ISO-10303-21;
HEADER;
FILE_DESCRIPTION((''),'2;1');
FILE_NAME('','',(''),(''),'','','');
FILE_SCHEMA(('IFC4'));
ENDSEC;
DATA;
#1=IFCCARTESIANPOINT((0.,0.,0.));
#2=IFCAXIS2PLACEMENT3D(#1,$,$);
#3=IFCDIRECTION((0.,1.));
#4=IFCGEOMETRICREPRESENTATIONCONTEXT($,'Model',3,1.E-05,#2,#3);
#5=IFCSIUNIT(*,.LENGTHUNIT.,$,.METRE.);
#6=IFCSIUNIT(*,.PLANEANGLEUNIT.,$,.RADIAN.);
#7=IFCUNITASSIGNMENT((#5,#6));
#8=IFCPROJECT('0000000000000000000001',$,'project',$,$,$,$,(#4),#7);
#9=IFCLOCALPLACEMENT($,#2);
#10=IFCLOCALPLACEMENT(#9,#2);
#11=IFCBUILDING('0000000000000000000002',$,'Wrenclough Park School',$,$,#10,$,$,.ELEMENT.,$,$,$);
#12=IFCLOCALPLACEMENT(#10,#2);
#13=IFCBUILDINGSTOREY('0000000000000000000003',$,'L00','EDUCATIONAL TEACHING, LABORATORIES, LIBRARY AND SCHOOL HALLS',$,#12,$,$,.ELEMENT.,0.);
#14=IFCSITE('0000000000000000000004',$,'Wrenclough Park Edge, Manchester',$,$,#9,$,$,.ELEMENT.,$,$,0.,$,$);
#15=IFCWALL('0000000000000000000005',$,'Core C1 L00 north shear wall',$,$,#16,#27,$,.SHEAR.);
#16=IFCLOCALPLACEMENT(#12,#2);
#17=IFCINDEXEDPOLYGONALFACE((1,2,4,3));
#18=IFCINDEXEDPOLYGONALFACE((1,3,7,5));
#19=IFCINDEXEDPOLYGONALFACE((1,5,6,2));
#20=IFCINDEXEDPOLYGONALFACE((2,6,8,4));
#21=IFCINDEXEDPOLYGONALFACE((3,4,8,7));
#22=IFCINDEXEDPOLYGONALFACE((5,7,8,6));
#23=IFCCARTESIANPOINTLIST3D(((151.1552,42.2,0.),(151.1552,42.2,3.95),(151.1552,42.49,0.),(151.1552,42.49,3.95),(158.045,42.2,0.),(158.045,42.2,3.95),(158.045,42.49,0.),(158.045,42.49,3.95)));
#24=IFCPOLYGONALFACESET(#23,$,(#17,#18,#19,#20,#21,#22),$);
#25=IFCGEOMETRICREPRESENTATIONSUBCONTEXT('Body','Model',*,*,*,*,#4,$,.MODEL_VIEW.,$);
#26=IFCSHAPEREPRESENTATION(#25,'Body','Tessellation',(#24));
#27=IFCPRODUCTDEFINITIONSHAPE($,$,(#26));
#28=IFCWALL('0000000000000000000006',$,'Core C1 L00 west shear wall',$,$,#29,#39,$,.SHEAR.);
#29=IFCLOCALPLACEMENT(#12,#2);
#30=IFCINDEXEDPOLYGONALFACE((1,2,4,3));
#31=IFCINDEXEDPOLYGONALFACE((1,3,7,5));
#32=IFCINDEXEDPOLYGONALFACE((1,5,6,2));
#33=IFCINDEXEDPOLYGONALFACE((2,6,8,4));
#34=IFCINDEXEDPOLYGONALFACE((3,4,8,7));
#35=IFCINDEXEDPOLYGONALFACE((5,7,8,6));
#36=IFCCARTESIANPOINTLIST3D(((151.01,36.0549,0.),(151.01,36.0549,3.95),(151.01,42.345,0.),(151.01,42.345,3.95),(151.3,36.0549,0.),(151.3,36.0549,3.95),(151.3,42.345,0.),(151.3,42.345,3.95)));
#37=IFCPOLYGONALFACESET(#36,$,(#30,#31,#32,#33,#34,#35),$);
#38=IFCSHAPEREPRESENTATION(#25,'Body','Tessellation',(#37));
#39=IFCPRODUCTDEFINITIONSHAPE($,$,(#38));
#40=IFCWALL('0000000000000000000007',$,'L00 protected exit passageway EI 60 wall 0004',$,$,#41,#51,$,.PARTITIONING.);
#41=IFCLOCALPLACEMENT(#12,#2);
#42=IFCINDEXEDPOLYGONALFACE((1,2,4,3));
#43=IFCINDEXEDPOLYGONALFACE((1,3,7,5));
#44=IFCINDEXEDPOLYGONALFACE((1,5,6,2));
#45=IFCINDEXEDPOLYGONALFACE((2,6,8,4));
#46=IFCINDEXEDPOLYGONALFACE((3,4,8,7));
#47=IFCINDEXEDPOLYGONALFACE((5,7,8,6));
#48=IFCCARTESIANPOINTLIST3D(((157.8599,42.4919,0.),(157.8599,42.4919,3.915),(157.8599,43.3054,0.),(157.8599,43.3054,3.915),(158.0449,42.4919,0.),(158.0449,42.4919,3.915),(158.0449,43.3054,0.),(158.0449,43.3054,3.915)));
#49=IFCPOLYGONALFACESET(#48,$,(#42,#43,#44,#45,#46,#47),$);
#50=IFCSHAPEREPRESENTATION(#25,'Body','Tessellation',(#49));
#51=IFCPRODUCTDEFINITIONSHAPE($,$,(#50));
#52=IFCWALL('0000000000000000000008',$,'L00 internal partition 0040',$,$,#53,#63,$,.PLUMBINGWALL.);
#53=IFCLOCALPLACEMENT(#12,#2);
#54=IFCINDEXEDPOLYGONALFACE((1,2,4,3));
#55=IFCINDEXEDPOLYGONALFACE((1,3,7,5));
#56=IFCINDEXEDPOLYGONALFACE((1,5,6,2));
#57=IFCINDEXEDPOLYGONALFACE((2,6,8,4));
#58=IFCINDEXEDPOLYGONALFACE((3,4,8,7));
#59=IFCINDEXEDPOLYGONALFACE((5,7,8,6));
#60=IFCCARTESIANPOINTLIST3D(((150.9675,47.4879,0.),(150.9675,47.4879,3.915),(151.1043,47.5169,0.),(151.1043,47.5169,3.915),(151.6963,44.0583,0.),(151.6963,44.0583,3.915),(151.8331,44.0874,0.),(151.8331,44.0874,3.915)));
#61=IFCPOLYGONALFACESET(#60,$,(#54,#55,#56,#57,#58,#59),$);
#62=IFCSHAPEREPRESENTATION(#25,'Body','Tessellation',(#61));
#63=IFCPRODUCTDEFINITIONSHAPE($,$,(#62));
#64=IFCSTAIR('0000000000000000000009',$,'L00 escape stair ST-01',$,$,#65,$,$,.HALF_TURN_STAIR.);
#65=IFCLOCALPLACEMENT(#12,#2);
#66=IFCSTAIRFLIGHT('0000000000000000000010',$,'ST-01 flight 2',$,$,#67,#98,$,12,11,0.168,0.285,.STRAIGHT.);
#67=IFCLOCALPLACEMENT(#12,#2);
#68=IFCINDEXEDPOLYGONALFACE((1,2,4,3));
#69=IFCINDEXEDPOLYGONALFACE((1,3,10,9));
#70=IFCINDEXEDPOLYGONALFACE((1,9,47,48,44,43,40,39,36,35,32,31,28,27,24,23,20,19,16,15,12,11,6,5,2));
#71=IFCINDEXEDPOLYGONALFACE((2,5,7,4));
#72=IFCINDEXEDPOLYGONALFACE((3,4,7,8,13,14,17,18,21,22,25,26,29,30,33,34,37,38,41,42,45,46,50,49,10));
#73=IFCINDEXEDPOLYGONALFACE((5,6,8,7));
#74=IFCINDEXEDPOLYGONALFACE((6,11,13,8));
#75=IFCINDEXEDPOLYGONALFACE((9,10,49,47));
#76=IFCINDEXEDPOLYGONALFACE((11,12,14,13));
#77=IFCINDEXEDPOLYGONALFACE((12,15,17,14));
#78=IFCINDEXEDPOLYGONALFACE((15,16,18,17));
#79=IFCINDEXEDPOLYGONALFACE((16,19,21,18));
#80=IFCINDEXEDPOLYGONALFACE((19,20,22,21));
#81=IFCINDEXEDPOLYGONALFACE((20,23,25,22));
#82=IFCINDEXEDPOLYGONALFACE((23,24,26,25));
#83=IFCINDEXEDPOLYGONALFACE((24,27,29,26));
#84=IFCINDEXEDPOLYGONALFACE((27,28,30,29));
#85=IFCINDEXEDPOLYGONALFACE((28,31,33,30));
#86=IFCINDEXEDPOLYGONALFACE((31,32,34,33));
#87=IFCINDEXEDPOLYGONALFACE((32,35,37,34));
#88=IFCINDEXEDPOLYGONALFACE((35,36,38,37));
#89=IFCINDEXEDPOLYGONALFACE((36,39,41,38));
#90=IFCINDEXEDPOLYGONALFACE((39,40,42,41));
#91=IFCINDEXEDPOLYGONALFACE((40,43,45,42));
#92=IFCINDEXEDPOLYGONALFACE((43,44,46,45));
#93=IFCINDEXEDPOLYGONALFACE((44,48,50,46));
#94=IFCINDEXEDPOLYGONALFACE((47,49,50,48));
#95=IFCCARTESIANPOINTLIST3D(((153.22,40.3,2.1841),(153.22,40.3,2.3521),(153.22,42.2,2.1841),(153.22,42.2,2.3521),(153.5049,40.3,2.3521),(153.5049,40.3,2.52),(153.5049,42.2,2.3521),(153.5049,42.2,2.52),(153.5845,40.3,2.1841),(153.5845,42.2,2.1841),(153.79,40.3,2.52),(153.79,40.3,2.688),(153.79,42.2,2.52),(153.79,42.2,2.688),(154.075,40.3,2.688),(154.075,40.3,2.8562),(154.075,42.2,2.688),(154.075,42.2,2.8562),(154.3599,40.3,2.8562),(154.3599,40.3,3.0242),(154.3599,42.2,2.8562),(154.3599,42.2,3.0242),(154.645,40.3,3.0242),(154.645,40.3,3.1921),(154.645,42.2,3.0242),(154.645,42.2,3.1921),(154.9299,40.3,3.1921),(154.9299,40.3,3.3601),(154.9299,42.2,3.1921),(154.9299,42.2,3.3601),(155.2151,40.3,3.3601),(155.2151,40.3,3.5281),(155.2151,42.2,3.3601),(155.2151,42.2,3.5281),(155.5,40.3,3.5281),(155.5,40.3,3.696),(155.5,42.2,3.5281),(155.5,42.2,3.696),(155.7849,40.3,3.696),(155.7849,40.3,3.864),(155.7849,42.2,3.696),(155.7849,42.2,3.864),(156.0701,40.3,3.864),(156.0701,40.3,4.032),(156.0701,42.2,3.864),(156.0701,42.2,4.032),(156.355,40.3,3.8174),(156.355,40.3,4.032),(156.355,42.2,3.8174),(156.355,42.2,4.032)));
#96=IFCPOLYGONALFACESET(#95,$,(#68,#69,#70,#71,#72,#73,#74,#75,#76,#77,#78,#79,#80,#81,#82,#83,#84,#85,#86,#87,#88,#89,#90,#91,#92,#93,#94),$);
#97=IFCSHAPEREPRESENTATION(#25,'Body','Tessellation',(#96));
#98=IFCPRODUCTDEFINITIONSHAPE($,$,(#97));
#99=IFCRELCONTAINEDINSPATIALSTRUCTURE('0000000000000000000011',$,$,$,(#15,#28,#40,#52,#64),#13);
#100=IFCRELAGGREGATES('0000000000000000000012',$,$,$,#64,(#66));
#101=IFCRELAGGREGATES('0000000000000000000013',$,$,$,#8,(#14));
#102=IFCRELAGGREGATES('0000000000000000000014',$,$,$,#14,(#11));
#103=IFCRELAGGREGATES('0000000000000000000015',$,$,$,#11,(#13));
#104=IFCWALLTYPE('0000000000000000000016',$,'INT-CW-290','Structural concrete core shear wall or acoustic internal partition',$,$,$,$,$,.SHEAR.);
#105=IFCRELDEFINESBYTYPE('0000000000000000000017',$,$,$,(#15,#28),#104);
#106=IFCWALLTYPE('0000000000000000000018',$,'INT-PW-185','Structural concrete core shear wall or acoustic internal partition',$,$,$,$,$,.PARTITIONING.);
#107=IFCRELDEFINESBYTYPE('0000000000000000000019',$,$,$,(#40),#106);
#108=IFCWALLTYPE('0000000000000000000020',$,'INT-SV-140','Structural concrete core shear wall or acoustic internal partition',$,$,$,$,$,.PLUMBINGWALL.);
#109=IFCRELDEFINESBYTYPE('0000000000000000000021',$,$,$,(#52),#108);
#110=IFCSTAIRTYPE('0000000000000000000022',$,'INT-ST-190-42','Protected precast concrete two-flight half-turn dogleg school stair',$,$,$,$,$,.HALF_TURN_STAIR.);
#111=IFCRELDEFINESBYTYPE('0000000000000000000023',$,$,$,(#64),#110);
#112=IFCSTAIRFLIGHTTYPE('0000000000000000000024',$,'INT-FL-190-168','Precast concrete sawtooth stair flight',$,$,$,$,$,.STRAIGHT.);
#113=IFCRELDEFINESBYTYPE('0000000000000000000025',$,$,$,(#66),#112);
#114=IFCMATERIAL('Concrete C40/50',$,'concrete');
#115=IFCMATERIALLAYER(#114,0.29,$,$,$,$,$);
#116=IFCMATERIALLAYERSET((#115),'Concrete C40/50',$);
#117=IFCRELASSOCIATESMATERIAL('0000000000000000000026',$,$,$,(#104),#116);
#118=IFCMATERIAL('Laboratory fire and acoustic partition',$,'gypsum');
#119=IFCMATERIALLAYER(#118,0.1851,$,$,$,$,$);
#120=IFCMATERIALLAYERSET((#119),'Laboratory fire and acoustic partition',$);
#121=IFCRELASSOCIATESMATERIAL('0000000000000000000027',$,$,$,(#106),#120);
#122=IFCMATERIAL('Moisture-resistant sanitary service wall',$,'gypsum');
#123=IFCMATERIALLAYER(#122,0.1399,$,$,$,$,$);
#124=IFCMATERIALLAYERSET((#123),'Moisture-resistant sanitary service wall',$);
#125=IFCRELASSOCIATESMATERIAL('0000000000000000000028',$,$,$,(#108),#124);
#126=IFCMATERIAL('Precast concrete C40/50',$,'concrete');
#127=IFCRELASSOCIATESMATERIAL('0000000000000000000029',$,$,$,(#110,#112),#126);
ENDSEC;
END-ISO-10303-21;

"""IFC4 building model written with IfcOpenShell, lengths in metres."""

from ifc_helpers import new_model, si_unit, direction, frame, frame_2d, origin, place, context, subcontext, project, spatial, polyline, rectangle, outline, extrude, material, layer, layer_set, type_object, element, aggregate, save


model = new_model("IFC4")

# Units and contexts
model_context = context("Model", 3, precision=1e-05, world=origin(), true_north=direction((0.0, 1.0)))
body_context = subcontext(model_context, "Body", "Model", "MODEL_VIEW")
ifc_project = project(units=[si_unit("LENGTHUNIT", "METRE"), si_unit("PLANEANGLEUNIT", "RADIAN")], contexts=[model_context])

# Site, building, storey
site_placement = place(None, origin())
site = spatial("IfcSite", under=ifc_project, at=site_placement, Name="Wrenclough Park Edge, Manchester", CompositionType="ELEMENT", RefElevation=0.0)
building_placement = place(site_placement, origin())
building = spatial("IfcBuilding", under=site, at=building_placement, Name="Wrenclough Park School", CompositionType="ELEMENT")
storey_placement = place(building_placement, origin())
storey = spatial("IfcBuildingStorey", under=building, at=storey_placement, Name="L00", Description="EDUCATIONAL TEACHING, LABORATORIES, LIBRARY AND SCHOOL HALLS", CompositionType="ELEMENT", Elevation=0.0)

# Shared definitions
ifc_material_1 = material(Name="Concrete C40/50", Category="concrete")

# Walls
ifc_layer_1 = layer(ifc_material_1, 0.29)
ifc_layer_set_1 = layer_set([ifc_layer_1], Name="Concrete C40/50")
wall_type_1 = type_object("IfcWallType", Name="INT-CW-290", Description="Structural concrete core shear wall or acoustic internal partition", PredefinedType="SHEAR", material=ifc_layer_set_1)
wall_1_placement = place(storey_placement, frame((158.0449, 42.345, 0.0), z_axis=(0.0, 0.0, 1.0), x_axis=(-1.0, 0.0, 0.0)))
element("IfcWall", 1, at=wall_1_placement, inside=storey, type_object=wall_type_1, Name="Core C1 L00 north shear wall", PredefinedType="SHEAR", context=body_context, shape_type="SweptSolid", body=[
    extrude(rectangle(XDim=6.8899, YDim=0.29, at=frame_2d((3.4448, 0.0))), origin(), (0.0, 0.0, 1.0), 3.95),
])
wall_2_placement = place(storey_placement, frame((151.155, 42.345, 0.0), z_axis=(0.0, 0.0, 1.0), x_axis=(0.0, -1.0, 0.0)))
element("IfcWall", 2, at=wall_2_placement, inside=storey, type_object=wall_type_1, Name="Core C1 L00 west shear wall", PredefinedType="SHEAR", context=body_context, shape_type="SweptSolid", body=[
    extrude(rectangle(XDim=6.29, YDim=0.29, at=frame_2d((3.145, 0.0))), origin(), (0.0, 0.0, 1.0), 3.95),
])
ifc_material_2 = material(Name="Laboratory fire and acoustic partition", Category="gypsum")
ifc_layer_2 = layer(ifc_material_2, 0.1851)
ifc_layer_set_2 = layer_set([ifc_layer_2], Name="Laboratory fire and acoustic partition")
wall_type_2 = type_object("IfcWallType", Name="INT-PW-185", Description="Structural concrete core shear wall or acoustic internal partition", PredefinedType="PARTITIONING", material=ifc_layer_set_2)
wall_3_placement = place(storey_placement, frame((157.9524, 43.3054, 0.0), z_axis=(0.0, 0.0, 1.0), x_axis=(0.0, -1.0, 0.0)))
element("IfcWall", 3, at=wall_3_placement, inside=storey, type_object=wall_type_2, Name="L00 protected exit passageway EI 60 wall 0004", PredefinedType="PARTITIONING", context=body_context, shape_type="SweptSolid", body=[
    extrude(rectangle(XDim=0.8135, YDim=0.1851, at=frame_2d((0.4067, 0.0))), origin(), (0.0, 0.0, 1.0), 3.915),
])
ifc_material_3 = material(Name="Moisture-resistant sanitary service wall", Category="gypsum")
ifc_layer_3 = layer(ifc_material_3, 0.1399)
ifc_layer_set_3 = layer_set([ifc_layer_3], Name="Moisture-resistant sanitary service wall")
wall_type_3 = type_object("IfcWallType", Name="INT-SV-140", Description="Structural concrete core shear wall or acoustic internal partition", PredefinedType="PLUMBINGWALL", material=ifc_layer_set_3)
wall_4_placement = place(storey_placement, frame((151.7646, 44.073, 0.0), z_axis=(0.0, 0.0, 1.0), x_axis=(-0.20786, 0.978159, 0.0)))
element("IfcWall", 4, at=wall_4_placement, inside=storey, type_object=wall_type_3, Name="L00 internal partition 0040", PredefinedType="PLUMBINGWALL", context=body_context, shape_type="SweptSolid", body=[
    extrude(rectangle(XDim=3.5061, YDim=0.1399, at=frame_2d((1.7529, 0.0))), origin(), (0.0, 0.0, 1.0), 3.915),
])

# Stair, stair flight
ifc_material_4 = material(Name="Precast concrete C40/50", Category="concrete")
stair_type = type_object("IfcStairType", Name="INT-ST-190-42", Description="Protected precast concrete two-flight half-turn dogleg school stair", PredefinedType="HALF_TURN_STAIR", material=ifc_material_4)
stair_placement = place(storey_placement, origin())
stair = element("IfcStair", 5, at=stair_placement, inside=storey, type_object=stair_type, Name="L00 escape stair ST-01", PredefinedType="HALF_TURN_STAIR")
stair_flight_type = type_object("IfcStairFlightType", Name="INT-FL-190-168", Description="Precast concrete sawtooth stair flight", PredefinedType="STRAIGHT", material=ifc_material_4)
stair_flight_placement = place(storey_placement, frame((153.22, 41.25, 2.1841), z_axis=(0.0, 0.0, 1.0), x_axis=(1.0, 0.0, 0.0)))
stair_flight = element("IfcStairFlight", 6, at=stair_flight_placement, type_object=stair_flight_type, Name="ST-01 flight 2", NumberOfRisers=12, NumberOfTreads=11, PredefinedType="STRAIGHT", RiserHeight=0.168, TreadLength=0.285, context=body_context, shape_type="SweptSolid", body=[
    extrude(outline(polyline([(0.0, 0.0), (0.0, 0.168), (0.2849, 0.168), (0.2849, 0.3359), (0.5701, 0.3359), (0.5701, 0.5039), (0.855, 0.5039), (0.855, 0.6721), (1.1399, 0.6721), (1.1399, 0.8401), (1.425, 0.8401), (1.425, 1.0081), (1.71, 1.0081), (1.71, 1.176), (1.9951, 1.176), (1.9951, 1.344), (2.28, 1.344), (2.28, 1.512), (2.5649, 1.512), (2.5649, 1.6799), (2.8501, 1.6799), (2.8501, 1.8479), (3.135, 1.8479), (3.135, 2.0161), (3.135, 1.6333), (0.3645, 0.0), (0.0, 0.0)])), frame((0.0, 0.95, 0.0), z_axis=(0.0, -1.0, 0.0), x_axis=(1.0, 0.0, 0.0)), (0.0, 0.0, 1.0), 1.8999),
])
aggregate(stair, [stair_flight])

save(model, "model.ifc")
